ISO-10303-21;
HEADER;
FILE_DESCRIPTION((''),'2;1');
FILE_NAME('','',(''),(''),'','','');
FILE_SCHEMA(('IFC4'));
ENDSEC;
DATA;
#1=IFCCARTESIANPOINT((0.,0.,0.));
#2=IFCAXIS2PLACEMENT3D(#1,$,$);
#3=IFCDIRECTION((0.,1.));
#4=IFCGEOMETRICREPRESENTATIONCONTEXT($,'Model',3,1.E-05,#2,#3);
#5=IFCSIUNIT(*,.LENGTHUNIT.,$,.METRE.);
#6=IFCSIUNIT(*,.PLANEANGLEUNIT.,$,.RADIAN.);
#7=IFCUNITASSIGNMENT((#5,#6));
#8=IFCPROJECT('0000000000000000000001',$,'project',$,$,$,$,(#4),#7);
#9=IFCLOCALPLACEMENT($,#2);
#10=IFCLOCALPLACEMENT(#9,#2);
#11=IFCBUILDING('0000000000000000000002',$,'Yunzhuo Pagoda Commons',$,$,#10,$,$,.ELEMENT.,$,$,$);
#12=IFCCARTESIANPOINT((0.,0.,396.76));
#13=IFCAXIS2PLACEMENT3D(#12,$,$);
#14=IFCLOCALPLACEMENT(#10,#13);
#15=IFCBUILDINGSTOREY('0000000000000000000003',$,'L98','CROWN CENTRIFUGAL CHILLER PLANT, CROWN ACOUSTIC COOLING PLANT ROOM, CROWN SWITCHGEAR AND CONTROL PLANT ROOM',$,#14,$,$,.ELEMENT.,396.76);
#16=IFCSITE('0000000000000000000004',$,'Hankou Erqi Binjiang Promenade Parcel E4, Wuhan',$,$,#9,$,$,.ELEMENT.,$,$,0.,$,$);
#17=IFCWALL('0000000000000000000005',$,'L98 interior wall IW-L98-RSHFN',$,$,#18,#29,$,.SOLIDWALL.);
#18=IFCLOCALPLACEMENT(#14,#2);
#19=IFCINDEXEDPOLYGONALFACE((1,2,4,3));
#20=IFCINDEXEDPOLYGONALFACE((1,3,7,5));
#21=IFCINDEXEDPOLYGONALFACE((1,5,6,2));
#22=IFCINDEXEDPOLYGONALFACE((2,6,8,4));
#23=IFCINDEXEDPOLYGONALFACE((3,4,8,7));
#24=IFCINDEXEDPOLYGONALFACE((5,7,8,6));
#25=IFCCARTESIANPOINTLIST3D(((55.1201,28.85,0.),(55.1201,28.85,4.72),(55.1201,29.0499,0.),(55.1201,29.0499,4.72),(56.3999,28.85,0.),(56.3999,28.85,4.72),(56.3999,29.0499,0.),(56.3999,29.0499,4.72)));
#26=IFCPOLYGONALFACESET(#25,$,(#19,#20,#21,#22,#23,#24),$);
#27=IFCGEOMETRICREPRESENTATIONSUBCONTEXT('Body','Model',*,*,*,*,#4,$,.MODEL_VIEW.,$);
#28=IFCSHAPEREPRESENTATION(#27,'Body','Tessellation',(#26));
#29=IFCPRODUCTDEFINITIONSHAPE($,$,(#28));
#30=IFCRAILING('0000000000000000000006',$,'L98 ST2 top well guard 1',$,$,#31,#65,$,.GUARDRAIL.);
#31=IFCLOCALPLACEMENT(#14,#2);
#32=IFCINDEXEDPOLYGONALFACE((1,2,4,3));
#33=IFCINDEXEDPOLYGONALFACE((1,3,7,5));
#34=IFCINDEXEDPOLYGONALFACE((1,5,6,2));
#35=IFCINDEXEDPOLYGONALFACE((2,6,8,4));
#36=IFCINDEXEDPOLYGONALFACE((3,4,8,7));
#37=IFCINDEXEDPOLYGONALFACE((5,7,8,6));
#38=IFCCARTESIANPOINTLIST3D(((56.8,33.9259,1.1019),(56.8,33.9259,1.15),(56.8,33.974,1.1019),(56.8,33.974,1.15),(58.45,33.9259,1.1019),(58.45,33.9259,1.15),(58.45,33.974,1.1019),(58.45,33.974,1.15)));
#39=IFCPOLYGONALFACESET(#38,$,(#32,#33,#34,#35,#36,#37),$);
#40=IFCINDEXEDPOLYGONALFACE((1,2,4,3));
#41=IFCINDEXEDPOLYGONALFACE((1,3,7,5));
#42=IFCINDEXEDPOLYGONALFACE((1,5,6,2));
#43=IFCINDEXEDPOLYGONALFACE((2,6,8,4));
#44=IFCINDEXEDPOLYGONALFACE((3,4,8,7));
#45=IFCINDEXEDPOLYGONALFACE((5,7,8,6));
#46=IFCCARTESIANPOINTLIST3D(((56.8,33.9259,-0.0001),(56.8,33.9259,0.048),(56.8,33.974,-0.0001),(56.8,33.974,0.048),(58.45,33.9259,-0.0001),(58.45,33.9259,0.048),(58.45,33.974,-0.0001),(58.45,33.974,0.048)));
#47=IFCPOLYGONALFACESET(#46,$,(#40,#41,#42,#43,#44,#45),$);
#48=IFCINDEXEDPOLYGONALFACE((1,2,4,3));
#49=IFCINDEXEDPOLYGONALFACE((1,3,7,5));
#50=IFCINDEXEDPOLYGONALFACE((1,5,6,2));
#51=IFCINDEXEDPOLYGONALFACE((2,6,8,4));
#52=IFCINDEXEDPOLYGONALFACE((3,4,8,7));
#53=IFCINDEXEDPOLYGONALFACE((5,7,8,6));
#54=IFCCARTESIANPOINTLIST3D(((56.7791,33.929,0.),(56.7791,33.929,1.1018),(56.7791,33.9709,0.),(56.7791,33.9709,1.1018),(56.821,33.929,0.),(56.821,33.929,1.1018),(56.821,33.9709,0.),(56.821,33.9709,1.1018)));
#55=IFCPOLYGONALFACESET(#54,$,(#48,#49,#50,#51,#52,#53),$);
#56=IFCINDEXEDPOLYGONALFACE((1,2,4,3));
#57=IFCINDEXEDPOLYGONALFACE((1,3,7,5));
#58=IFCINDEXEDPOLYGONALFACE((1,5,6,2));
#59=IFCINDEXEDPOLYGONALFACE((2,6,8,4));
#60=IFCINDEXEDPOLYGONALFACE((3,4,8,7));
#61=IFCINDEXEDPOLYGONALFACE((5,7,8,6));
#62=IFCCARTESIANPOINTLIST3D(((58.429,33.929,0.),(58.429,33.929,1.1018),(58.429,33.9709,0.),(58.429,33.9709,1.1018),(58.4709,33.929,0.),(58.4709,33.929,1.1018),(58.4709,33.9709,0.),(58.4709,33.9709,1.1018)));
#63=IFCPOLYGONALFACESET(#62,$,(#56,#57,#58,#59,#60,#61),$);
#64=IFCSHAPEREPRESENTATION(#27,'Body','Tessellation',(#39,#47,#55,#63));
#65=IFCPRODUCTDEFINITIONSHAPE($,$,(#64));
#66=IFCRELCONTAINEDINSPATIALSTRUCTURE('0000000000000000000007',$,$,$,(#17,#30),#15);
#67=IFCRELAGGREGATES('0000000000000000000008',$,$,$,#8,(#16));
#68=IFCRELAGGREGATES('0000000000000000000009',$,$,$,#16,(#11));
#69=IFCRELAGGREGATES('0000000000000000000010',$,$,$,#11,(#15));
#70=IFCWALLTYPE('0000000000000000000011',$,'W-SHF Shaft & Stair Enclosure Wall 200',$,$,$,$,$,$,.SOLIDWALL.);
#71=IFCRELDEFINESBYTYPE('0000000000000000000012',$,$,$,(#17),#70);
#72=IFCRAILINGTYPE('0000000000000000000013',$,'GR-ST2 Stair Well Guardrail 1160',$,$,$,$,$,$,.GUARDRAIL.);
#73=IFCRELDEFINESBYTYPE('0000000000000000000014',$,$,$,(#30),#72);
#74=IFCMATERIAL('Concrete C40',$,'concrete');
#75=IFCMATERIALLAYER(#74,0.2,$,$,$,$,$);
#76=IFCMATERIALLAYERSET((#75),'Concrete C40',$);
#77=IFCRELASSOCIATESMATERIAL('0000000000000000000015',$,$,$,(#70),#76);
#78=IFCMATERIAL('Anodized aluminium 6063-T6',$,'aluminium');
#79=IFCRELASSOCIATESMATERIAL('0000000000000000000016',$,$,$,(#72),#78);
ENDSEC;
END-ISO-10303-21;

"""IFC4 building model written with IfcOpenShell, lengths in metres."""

from ifc_helpers import new_model, si_unit, direction, frame, frame_2d, origin, origin_2d, place, context, subcontext, project, spatial, rectangle, extrude, material, layer, layer_set, type_object, element, save


model = new_model("IFC4")

# Units and contexts
model_context = context("Model", 3, precision=1e-05, world=origin(), true_north=direction((0.0, 1.0)))
body_context = subcontext(model_context, "Body", "Model", "MODEL_VIEW")
ifc_project = project(units=[si_unit("LENGTHUNIT", "METRE"), si_unit("PLANEANGLEUNIT", "RADIAN")], contexts=[model_context])

# Site, building, storey
site_placement = place(None, origin())
site = spatial("IfcSite", under=ifc_project, at=site_placement, Name="Hankou Erqi Binjiang Promenade Parcel E4, Wuhan", CompositionType="ELEMENT", RefElevation=0.0)
building_placement = place(site_placement, origin())
building = spatial("IfcBuilding", under=site, at=building_placement, Name="Yunzhuo Pagoda Commons", CompositionType="ELEMENT")
storey_placement = place(building_placement, frame((0.0, 0.0, 396.76)))
storey = spatial("IfcBuildingStorey", under=building, at=storey_placement, Name="L98", Description="CROWN CENTRIFUGAL CHILLER PLANT, CROWN ACOUSTIC COOLING PLANT ROOM, CROWN SWITCHGEAR AND CONTROL PLANT ROOM", CompositionType="ELEMENT", Elevation=396.76)

# Shared definitions
ifc_material_1 = material(Name="Anodized aluminium 6063-T6", Category="aluminium")

# Shared definitions
ifc_material_2 = material(Name="Concrete C40", Category="concrete")
ifc_layer_1 = layer(ifc_material_2, 0.2)
ifc_layer_set_1 = layer_set([ifc_layer_1], Name="Concrete C40")
wall_type_1 = type_object("IfcWallType", Name="W-SHF Shaft & Stair Enclosure Wall 200", PredefinedType="SOLIDWALL", material=ifc_layer_set_1)

# Wall
wall_1_placement = place(storey_placement, frame((55.1201, 28.95, 0.0), z_axis=(0.0, 0.0, 1.0), x_axis=(1.0, 0.0, 0.0)))
element("IfcWall", 1, at=wall_1_placement, inside=storey, type_object=wall_type_1, Name="L98 interior wall IW-L98-RSHFN", PredefinedType="SOLIDWALL", context=body_context, shape_type="SweptSolid", body=[
    extrude(rectangle(XDim=1.2798, YDim=0.2, at=frame_2d((0.6399, 0.0))), origin(), (0.0, 0.0, 1.0), 4.72),
])

# Railing
railing_type = type_object("IfcRailingType", Name="GR-ST2 Stair Well Guardrail 1160", PredefinedType="GUARDRAIL", material=ifc_material_1)
railing_placement = place(storey_placement, frame((56.8, 33.95, 0.0)))
element("IfcRailing", 2, at=railing_placement, inside=storey, type_object=railing_type, Name="L98 ST2 top well guard 1", PredefinedType="GUARDRAIL", context=body_context, shape_type="SweptSolid", body=[
    extrude(rectangle(XDim=0.0481, YDim=0.0481, at=origin_2d()), frame((0.0, 0.0, 1.126), z_axis=(1.0, 0.0, 0.0), x_axis=(0.0, 1.0, 0.0)), (0.0, 0.0, 1.0), 1.6499),
    extrude(rectangle(XDim=0.0481, YDim=0.0481, at=origin_2d()), frame((0.0, 0.0, 0.0239), z_axis=(1.0, 0.0, 0.0), x_axis=(0.0, 1.0, 0.0)), (0.0, 0.0, 1.0), 1.6499),
    extrude(rectangle(XDim=0.042, YDim=0.042, at=origin_2d()), origin(), (0.0, 0.0, 1.0), 1.1018),
    extrude(rectangle(XDim=0.042, YDim=0.042, at=origin_2d()), frame((1.6499, 0.0, 0.0)), (0.0, 0.0, 1.0), 1.1018),
])

save(model, "model.ifc")
